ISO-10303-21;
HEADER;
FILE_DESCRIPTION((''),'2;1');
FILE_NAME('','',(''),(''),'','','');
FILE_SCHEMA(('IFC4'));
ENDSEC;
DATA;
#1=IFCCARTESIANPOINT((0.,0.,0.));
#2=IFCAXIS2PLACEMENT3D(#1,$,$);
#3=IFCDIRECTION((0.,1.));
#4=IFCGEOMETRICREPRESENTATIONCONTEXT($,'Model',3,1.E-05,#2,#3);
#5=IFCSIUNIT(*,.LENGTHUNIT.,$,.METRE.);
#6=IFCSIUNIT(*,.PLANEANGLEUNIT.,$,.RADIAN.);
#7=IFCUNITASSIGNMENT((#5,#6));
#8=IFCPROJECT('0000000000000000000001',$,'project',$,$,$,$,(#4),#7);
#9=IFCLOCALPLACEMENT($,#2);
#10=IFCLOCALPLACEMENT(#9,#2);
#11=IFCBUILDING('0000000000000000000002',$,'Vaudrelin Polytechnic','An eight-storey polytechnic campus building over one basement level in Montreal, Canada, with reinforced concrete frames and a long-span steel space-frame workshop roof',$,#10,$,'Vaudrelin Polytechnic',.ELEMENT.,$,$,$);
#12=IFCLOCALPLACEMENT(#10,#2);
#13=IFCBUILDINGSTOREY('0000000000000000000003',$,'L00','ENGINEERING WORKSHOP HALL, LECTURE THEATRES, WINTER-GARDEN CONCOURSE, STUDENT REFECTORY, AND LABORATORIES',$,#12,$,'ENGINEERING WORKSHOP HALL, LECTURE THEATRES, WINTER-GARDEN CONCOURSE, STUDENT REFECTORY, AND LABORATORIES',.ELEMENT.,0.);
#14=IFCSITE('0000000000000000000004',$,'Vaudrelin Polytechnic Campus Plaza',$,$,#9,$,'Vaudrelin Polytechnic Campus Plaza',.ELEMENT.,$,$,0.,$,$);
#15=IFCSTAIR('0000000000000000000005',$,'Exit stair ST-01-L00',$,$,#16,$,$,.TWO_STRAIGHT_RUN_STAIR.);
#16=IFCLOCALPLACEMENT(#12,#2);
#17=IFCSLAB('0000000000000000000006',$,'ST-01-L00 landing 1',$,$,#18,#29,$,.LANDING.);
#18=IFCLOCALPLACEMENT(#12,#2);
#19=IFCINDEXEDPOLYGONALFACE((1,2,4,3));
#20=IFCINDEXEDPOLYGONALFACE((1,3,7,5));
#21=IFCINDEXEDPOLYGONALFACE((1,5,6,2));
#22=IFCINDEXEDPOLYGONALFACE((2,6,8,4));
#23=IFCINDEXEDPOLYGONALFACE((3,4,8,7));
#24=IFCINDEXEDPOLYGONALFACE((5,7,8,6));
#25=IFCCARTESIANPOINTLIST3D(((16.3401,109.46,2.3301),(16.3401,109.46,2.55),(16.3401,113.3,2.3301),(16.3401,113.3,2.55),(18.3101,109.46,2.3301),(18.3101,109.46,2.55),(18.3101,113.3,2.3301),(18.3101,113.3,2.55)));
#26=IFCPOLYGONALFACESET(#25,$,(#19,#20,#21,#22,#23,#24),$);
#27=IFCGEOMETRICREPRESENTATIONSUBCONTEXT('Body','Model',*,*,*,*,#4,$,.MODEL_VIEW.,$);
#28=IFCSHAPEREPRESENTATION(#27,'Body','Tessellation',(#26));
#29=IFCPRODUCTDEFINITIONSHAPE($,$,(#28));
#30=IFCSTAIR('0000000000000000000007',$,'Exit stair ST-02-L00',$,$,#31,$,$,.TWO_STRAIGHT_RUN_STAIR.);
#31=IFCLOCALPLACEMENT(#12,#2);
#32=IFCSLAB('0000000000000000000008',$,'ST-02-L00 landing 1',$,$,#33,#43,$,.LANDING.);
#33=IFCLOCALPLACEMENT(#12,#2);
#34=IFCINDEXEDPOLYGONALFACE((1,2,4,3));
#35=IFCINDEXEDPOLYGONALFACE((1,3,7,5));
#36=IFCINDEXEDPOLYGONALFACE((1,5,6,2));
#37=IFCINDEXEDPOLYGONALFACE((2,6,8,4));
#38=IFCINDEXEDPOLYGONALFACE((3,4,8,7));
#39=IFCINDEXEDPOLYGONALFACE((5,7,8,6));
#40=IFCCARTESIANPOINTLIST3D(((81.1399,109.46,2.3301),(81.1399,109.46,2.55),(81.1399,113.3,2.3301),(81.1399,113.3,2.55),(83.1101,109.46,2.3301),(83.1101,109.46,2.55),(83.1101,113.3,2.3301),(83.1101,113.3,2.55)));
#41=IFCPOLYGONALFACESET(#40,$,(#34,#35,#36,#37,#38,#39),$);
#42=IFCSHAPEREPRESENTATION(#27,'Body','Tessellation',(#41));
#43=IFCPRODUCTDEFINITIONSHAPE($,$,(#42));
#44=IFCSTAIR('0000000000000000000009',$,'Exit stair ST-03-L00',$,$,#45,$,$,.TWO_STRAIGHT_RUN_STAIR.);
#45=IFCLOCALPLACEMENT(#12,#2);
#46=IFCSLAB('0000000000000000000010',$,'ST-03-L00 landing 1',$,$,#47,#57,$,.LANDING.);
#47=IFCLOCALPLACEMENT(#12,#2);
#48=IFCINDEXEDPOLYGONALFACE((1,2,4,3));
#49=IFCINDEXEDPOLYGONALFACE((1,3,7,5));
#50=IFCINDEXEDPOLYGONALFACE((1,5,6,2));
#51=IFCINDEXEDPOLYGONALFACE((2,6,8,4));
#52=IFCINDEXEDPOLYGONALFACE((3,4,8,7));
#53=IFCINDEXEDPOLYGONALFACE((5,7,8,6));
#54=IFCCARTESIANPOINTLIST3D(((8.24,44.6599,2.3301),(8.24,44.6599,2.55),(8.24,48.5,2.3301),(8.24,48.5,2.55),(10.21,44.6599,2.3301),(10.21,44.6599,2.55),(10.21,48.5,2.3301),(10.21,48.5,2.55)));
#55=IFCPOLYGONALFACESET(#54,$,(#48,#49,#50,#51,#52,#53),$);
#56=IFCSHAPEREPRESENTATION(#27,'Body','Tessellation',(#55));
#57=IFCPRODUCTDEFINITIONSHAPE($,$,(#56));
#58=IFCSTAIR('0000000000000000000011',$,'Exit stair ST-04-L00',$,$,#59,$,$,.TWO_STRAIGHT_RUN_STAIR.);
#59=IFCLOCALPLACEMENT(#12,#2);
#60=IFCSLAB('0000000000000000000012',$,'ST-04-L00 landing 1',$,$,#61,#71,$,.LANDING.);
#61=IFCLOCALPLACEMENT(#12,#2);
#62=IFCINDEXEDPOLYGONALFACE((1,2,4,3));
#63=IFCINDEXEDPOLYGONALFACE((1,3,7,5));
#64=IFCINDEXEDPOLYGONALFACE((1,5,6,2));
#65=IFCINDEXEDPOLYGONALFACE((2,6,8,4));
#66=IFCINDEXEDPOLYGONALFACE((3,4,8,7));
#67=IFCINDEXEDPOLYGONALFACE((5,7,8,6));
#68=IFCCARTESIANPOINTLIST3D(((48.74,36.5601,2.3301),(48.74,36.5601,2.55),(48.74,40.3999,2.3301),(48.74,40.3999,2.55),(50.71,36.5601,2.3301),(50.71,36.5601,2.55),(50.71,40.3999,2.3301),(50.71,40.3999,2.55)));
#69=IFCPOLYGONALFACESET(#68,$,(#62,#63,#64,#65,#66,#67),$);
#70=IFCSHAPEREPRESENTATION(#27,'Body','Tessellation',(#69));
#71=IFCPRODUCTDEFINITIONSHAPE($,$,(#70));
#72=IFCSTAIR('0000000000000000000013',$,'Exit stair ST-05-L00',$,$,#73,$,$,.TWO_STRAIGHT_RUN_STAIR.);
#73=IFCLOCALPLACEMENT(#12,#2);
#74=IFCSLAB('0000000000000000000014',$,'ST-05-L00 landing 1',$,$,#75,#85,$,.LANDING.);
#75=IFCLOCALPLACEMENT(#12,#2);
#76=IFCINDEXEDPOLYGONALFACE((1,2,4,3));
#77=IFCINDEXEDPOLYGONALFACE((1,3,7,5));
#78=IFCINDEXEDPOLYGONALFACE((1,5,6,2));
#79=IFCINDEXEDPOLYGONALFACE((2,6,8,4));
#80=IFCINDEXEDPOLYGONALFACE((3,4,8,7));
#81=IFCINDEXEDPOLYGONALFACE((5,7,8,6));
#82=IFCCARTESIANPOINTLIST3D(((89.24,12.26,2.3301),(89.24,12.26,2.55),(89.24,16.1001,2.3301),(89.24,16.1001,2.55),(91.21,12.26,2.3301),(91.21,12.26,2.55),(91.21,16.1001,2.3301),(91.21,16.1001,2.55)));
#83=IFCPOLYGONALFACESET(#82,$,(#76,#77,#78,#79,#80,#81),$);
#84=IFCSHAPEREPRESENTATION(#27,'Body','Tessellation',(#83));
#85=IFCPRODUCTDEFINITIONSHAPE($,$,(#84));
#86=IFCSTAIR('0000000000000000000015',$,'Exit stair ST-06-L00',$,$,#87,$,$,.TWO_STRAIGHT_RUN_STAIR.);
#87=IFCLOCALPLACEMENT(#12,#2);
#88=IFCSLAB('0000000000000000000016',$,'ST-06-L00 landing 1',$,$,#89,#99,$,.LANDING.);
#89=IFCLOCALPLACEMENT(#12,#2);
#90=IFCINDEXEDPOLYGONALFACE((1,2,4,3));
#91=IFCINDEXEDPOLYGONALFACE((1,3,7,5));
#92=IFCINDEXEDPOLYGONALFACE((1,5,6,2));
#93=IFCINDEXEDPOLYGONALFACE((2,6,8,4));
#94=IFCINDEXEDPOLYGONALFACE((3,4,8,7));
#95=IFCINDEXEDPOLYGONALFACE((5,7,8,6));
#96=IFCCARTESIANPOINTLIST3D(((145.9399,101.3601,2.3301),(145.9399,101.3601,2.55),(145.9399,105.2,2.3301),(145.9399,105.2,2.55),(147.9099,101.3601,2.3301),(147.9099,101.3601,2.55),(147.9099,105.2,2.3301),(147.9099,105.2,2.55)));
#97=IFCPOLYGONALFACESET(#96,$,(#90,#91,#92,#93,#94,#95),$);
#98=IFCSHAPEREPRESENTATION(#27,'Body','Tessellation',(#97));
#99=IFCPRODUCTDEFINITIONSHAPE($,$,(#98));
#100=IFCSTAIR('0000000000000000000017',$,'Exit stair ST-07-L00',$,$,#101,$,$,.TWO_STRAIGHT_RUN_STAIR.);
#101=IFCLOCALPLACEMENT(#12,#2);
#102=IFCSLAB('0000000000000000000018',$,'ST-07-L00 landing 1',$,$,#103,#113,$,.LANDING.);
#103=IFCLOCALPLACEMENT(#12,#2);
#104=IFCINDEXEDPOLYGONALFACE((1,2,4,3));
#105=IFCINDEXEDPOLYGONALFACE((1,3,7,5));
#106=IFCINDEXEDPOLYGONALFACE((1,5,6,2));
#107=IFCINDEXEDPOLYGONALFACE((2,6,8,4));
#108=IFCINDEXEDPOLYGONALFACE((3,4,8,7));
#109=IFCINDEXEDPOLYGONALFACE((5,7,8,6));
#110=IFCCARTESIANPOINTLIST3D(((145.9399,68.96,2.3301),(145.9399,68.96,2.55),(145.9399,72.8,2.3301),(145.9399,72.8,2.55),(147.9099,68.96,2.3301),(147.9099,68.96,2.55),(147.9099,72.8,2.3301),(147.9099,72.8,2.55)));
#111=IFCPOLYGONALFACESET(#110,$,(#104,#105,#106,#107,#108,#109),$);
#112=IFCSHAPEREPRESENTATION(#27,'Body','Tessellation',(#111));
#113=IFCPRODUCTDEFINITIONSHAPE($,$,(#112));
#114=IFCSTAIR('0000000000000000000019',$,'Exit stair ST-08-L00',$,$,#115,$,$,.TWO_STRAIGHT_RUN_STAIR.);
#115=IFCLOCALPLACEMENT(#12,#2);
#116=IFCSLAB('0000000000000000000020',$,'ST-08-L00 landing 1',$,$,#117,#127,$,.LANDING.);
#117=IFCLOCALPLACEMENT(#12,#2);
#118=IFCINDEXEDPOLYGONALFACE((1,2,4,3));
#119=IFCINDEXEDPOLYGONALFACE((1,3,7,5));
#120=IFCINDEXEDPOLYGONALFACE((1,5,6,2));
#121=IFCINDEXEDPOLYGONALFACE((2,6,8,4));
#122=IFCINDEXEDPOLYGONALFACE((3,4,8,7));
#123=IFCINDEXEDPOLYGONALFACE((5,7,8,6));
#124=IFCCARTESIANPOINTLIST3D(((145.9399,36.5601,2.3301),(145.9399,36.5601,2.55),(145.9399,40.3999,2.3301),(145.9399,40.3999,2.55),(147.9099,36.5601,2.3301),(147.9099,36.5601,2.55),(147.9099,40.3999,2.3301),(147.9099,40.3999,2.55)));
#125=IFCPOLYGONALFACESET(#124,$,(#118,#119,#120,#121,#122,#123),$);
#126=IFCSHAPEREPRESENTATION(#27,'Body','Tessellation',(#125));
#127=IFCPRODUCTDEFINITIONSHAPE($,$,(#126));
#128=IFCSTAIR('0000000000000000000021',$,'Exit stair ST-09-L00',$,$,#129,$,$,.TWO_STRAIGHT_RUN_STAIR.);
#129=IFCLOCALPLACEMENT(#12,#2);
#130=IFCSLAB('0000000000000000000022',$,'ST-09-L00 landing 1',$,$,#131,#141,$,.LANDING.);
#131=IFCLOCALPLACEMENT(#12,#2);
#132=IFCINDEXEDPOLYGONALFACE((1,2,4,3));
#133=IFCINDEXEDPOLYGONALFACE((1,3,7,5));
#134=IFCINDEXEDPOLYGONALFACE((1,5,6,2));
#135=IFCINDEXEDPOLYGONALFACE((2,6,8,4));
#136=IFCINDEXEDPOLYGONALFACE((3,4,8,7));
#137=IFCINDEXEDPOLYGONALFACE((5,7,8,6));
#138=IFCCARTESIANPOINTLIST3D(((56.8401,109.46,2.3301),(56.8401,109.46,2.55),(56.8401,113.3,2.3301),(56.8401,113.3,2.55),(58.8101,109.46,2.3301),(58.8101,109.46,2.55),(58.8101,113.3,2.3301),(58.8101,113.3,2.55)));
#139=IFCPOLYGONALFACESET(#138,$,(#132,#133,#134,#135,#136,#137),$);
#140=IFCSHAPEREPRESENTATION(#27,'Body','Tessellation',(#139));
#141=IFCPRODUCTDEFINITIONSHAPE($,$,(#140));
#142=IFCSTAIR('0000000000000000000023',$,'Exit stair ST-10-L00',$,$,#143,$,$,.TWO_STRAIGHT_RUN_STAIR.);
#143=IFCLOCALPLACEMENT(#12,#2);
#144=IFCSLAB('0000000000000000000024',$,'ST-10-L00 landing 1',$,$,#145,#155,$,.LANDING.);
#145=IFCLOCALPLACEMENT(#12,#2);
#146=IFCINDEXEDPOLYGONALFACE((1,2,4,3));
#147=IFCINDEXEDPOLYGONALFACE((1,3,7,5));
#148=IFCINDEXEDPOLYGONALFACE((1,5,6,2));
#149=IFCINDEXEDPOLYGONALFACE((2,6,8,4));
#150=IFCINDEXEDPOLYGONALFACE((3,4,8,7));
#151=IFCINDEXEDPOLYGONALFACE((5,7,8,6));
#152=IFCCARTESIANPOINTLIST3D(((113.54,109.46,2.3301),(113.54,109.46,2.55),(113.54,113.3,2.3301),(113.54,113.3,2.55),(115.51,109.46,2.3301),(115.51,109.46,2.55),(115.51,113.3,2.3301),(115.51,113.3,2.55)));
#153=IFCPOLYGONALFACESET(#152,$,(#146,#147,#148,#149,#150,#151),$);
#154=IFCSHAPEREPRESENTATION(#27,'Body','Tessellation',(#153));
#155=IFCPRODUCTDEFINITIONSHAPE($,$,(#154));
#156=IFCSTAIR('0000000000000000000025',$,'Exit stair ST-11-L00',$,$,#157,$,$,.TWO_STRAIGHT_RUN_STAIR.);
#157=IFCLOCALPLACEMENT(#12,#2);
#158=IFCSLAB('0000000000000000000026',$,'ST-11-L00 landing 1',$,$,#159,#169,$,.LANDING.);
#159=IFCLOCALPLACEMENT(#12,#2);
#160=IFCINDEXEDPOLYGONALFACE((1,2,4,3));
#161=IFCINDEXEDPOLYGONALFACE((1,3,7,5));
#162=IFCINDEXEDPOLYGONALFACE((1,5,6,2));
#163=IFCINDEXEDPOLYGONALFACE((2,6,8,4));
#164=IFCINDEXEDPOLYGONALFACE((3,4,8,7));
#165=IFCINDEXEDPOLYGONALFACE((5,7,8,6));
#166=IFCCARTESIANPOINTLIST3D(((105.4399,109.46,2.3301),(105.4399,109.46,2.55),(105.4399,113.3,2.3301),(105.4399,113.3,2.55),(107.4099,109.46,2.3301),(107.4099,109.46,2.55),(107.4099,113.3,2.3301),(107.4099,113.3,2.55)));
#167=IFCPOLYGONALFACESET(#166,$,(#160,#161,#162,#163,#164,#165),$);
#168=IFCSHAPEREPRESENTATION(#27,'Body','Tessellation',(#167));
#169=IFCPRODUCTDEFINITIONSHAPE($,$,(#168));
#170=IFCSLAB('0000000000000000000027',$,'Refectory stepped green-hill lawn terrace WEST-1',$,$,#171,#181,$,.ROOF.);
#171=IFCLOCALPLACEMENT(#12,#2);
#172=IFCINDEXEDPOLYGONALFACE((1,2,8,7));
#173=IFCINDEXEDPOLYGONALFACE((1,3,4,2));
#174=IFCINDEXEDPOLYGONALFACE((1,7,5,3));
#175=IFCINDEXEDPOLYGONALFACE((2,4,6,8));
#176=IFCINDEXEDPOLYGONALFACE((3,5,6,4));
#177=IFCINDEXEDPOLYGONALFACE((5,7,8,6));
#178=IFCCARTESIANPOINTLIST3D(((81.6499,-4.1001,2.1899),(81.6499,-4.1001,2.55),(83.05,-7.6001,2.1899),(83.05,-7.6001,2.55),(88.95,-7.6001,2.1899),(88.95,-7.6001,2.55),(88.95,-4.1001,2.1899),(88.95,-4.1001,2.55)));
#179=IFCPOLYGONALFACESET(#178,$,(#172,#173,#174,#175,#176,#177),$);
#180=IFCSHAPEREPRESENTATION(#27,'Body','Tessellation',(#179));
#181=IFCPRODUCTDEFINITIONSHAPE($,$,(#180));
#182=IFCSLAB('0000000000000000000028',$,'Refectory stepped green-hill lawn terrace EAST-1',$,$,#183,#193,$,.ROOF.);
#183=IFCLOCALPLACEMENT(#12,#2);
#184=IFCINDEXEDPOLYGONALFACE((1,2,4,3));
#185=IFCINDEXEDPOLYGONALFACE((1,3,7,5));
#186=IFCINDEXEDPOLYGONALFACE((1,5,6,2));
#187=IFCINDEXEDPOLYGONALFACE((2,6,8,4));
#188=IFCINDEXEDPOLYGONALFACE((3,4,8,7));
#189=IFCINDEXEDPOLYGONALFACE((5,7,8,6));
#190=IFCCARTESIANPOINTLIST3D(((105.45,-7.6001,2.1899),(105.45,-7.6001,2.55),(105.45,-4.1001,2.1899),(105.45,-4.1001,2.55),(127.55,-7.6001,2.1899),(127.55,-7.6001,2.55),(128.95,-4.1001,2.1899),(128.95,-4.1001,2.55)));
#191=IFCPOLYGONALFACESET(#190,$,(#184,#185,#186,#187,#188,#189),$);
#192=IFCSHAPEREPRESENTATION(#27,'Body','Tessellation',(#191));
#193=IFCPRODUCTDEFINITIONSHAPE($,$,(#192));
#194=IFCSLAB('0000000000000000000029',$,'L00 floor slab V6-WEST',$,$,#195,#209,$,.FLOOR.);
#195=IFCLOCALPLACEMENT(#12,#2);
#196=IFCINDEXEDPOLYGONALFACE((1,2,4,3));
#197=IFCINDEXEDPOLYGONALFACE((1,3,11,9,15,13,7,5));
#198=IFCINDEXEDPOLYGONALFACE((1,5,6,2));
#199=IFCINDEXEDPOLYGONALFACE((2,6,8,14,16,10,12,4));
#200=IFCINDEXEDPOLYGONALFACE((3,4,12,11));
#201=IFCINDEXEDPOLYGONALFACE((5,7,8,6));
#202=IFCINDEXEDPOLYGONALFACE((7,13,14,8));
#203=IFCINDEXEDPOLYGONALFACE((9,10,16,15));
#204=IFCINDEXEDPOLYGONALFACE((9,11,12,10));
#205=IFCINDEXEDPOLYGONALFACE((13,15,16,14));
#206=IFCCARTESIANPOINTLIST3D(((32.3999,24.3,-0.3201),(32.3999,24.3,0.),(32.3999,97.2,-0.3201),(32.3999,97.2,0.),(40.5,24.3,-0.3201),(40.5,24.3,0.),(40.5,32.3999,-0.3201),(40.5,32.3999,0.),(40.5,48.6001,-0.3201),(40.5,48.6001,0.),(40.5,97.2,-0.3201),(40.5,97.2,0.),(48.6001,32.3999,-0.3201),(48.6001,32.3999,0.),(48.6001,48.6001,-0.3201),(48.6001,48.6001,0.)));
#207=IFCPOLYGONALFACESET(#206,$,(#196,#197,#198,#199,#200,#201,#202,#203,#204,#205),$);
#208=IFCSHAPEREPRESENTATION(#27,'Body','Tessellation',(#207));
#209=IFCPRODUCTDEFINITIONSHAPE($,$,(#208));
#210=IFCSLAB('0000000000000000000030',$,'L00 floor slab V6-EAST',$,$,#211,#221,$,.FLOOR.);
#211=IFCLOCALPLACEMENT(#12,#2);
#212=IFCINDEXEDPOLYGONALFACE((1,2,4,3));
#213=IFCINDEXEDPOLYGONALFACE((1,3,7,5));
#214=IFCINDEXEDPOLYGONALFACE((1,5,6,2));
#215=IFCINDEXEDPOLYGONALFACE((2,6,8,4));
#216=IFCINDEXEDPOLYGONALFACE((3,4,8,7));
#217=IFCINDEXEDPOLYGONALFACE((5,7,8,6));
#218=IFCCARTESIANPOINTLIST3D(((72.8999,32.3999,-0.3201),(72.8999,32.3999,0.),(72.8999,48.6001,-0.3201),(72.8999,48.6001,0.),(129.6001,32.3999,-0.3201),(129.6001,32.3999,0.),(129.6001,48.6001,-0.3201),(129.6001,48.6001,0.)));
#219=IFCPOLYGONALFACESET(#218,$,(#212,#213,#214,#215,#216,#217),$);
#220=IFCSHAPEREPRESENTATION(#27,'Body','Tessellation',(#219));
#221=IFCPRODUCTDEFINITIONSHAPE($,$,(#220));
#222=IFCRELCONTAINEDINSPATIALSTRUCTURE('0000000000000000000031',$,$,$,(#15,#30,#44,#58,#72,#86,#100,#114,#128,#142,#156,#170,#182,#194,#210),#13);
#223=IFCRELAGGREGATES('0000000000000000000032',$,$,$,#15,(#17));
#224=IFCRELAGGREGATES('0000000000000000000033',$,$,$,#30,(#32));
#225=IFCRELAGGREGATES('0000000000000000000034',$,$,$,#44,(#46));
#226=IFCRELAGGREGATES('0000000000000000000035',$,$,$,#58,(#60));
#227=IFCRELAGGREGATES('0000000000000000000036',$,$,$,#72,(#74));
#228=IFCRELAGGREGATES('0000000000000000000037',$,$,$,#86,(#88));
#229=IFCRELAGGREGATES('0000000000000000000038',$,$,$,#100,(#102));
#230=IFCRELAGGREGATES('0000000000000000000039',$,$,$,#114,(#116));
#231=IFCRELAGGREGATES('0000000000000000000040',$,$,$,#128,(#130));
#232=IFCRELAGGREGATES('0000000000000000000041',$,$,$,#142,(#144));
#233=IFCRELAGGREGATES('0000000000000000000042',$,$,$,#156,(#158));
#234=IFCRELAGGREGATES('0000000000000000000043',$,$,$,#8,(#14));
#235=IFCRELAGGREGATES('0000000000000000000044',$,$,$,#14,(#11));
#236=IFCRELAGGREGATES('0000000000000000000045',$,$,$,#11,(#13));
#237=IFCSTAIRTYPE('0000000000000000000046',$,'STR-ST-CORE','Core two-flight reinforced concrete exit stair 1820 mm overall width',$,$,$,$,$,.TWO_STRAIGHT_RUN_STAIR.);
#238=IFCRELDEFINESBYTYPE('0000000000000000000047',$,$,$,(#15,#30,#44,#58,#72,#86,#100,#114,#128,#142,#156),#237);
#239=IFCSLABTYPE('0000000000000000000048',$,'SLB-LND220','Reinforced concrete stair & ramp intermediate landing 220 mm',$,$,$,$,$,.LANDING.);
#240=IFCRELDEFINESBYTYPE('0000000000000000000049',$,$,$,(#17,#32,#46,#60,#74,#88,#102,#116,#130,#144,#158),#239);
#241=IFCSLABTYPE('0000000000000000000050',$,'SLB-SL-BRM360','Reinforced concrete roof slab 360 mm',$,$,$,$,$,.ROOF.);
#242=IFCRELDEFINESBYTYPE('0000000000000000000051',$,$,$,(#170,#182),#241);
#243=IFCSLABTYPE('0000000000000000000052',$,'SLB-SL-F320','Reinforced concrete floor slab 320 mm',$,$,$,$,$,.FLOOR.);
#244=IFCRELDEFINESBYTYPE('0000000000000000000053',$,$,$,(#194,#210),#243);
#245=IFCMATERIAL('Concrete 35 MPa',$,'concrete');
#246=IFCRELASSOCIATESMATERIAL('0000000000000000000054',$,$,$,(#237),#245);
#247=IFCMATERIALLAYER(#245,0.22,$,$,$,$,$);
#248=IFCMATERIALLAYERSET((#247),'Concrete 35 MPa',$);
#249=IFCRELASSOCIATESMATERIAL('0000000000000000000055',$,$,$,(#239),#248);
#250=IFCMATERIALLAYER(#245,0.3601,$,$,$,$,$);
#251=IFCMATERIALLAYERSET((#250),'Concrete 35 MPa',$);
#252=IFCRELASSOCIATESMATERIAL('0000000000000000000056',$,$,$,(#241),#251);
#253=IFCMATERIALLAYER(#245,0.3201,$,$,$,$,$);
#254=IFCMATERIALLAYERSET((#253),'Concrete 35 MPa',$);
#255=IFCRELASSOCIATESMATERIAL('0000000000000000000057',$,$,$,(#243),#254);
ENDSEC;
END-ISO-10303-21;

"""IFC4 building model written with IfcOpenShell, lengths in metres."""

from ifc_helpers import new_model, si_unit, direction, frame, origin, place, context, subcontext, project, spatial, polyline, outline, extrude, material, layer, layer_set, type_object, element, aggregate, save


model = new_model("IFC4")

# Units and contexts
model_context = context("Model", 3, precision=1e-05, world=origin(), true_north=direction((0.0, 1.0)))
body_context = subcontext(model_context, "Body", "Model", "MODEL_VIEW")
ifc_project = project(units=[si_unit("LENGTHUNIT", "METRE"), si_unit("PLANEANGLEUNIT", "RADIAN")], contexts=[model_context])

# Site, building, storey
site_placement = place(None, origin())
site = spatial("IfcSite", under=ifc_project, at=site_placement, Name="Vaudrelin Polytechnic Campus Plaza", LongName="Vaudrelin Polytechnic Campus Plaza", CompositionType="ELEMENT", RefElevation=0.0)
building_placement = place(site_placement, origin())
building = spatial("IfcBuilding", under=site, at=building_placement, Name="Vaudrelin Polytechnic", Description="An eight-storey polytechnic campus building over one basement level in Montreal, Canada, with reinforced concrete frames and a long-span steel space-frame workshop roof", LongName="Vaudrelin Polytechnic", CompositionType="ELEMENT")
storey_placement = place(building_placement, origin())
storey = spatial("IfcBuildingStorey", under=building, at=storey_placement, Name="L00", Description="ENGINEERING WORKSHOP HALL, LECTURE THEATRES, WINTER-GARDEN CONCOURSE, STUDENT REFECTORY, AND LABORATORIES", LongName="ENGINEERING WORKSHOP HALL, LECTURE THEATRES, WINTER-GARDEN CONCOURSE, STUDENT REFECTORY, AND LABORATORIES", CompositionType="ELEMENT", Elevation=0.0)

# Stairs, slabs
ifc_material_1 = material(Name="Concrete 35 MPa", Category="concrete")
stair_type = type_object("IfcStairType", Name="STR-ST-CORE", Description="Core two-flight reinforced concrete exit stair 1820 mm overall width", PredefinedType="TWO_STRAIGHT_RUN_STAIR", material=ifc_material_1)
stair_1_placement = place(storey_placement, origin())
stair_1 = element("IfcStair", 1, at=stair_1_placement, inside=storey, type_object=stair_type, Name="Exit stair ST-01-L00", PredefinedType="TWO_STRAIGHT_RUN_STAIR")
ifc_layer_1 = layer(ifc_material_1, 0.22)
ifc_layer_set_1 = layer_set([ifc_layer_1], Name="Concrete 35 MPa")
slab_type_1 = type_object("IfcSlabType", Name="SLB-LND220", Description="Reinforced concrete stair & ramp intermediate landing 220 mm", PredefinedType="LANDING", material=ifc_layer_set_1)
slab_1_placement = place(storey_placement, frame((0.0, 0.0, 2.3301)))
slab_1 = element("IfcSlab", 2, at=slab_1_placement, type_object=slab_type_1, Name="ST-01-L00 landing 1", PredefinedType="LANDING", context=body_context, shape_type="SweptSolid", body=[
    extrude(outline(polyline([(16.3401, 109.46), (18.3101, 109.46), (18.3101, 113.3), (16.3401, 113.3), (16.3401, 109.46)])), origin(), (0.0, 0.0, 1.0), 0.22),
])
aggregate(stair_1, [slab_1])
stair_2_placement = place(storey_placement, origin())
stair_2 = element("IfcStair", 3, at=stair_2_placement, inside=storey, type_object=stair_type, Name="Exit stair ST-02-L00", PredefinedType="TWO_STRAIGHT_RUN_STAIR")
slab_2_placement = place(storey_placement, frame((0.0, 0.0, 2.3301)))
slab_2 = element("IfcSlab", 4, at=slab_2_placement, type_object=slab_type_1, Name="ST-02-L00 landing 1", PredefinedType="LANDING", context=body_context, shape_type="SweptSolid", body=[
    extrude(outline(polyline([(81.1399, 109.46), (83.1101, 109.46), (83.1101, 113.3), (81.1399, 113.3), (81.1399, 109.46)])), origin(), (0.0, 0.0, 1.0), 0.22),
])
aggregate(stair_2, [slab_2])
stair_3_placement = place(storey_placement, origin())
stair_3 = element("IfcStair", 5, at=stair_3_placement, inside=storey, type_object=stair_type, Name="Exit stair ST-03-L00", PredefinedType="TWO_STRAIGHT_RUN_STAIR")
slab_3_placement = place(storey_placement, frame((0.0, 0.0, 2.3301)))
slab_3 = element("IfcSlab", 6, at=slab_3_placement, type_object=slab_type_1, Name="ST-03-L00 landing 1", PredefinedType="LANDING", context=body_context, shape_type="SweptSolid", body=[
    extrude(outline(polyline([(8.24, 44.6599), (10.21, 44.6599), (10.21, 48.5), (8.24, 48.5), (8.24, 44.6599)])), origin(), (0.0, 0.0, 1.0), 0.22),
])
aggregate(stair_3, [slab_3])
stair_4_placement = place(storey_placement, origin())
stair_4 = element("IfcStair", 7, at=stair_4_placement, inside=storey, type_object=stair_type, Name="Exit stair ST-04-L00", PredefinedType="TWO_STRAIGHT_RUN_STAIR")
slab_4_placement = place(storey_placement, frame((0.0, 0.0, 2.3301)))
slab_4 = element("IfcSlab", 8, at=slab_4_placement, type_object=slab_type_1, Name="ST-04-L00 landing 1", PredefinedType="LANDING", context=body_context, shape_type="SweptSolid", body=[
    extrude(outline(polyline([(48.74, 36.5601), (50.71, 36.5601), (50.71, 40.3999), (48.74, 40.3999), (48.74, 36.5601)])), origin(), (0.0, 0.0, 1.0), 0.22),
])
aggregate(stair_4, [slab_4])
stair_5_placement = place(storey_placement, origin())
stair_5 = element("IfcStair", 9, at=stair_5_placement, inside=storey, type_object=stair_type, Name="Exit stair ST-05-L00", PredefinedType="TWO_STRAIGHT_RUN_STAIR")
slab_5_placement = place(storey_placement, frame((0.0, 0.0, 2.3301)))
slab_5 = element("IfcSlab", 10, at=slab_5_placement, type_object=slab_type_1, Name="ST-05-L00 landing 1", PredefinedType="LANDING", context=body_context, shape_type="SweptSolid", body=[
    extrude(outline(polyline([(89.24, 12.26), (91.21, 12.26), (91.21, 16.1001), (89.24, 16.1001), (89.24, 12.26)])), origin(), (0.0, 0.0, 1.0), 0.22),
])
aggregate(stair_5, [slab_5])
stair_6_placement = place(storey_placement, origin())
stair_6 = element("IfcStair", 11, at=stair_6_placement, inside=storey, type_object=stair_type, Name="Exit stair ST-06-L00", PredefinedType="TWO_STRAIGHT_RUN_STAIR")
slab_6_placement = place(storey_placement, frame((0.0, 0.0, 2.3301)))
slab_6 = element("IfcSlab", 12, at=slab_6_placement, type_object=slab_type_1, Name="ST-06-L00 landing 1", PredefinedType="LANDING", context=body_context, shape_type="SweptSolid", body=[
    extrude(outline(polyline([(145.9399, 101.3601), (147.9099, 101.3601), (147.9099, 105.2), (145.9399, 105.2), (145.9399, 101.3601)])), origin(), (0.0, 0.0, 1.0), 0.22),
])
aggregate(stair_6, [slab_6])
stair_7_placement = place(storey_placement, origin())
stair_7 = element("IfcStair", 13, at=stair_7_placement, inside=storey, type_object=stair_type, Name="Exit stair ST-07-L00", PredefinedType="TWO_STRAIGHT_RUN_STAIR")
slab_7_placement = place(storey_placement, frame((0.0, 0.0, 2.3301)))
slab_7 = element("IfcSlab", 14, at=slab_7_placement, type_object=slab_type_1, Name="ST-07-L00 landing 1", PredefinedType="LANDING", context=body_context, shape_type="SweptSolid", body=[
    extrude(outline(polyline([(145.9399, 68.96), (147.9099, 68.96), (147.9099, 72.8), (145.9399, 72.8), (145.9399, 68.96)])), origin(), (0.0, 0.0, 1.0), 0.22),
])
aggregate(stair_7, [slab_7])
stair_8_placement = place(storey_placement, origin())
stair_8 = element("IfcStair", 15, at=stair_8_placement, inside=storey, type_object=stair_type, Name="Exit stair ST-08-L00", PredefinedType="TWO_STRAIGHT_RUN_STAIR")
slab_8_placement = place(storey_placement, frame((0.0, 0.0, 2.3301)))
slab_8 = element("IfcSlab", 16, at=slab_8_placement, type_object=slab_type_1, Name="ST-08-L00 landing 1", PredefinedType="LANDING", context=body_context, shape_type="SweptSolid", body=[
    extrude(outline(polyline([(145.9399, 36.5601), (147.9099, 36.5601), (147.9099, 40.3999), (145.9399, 40.3999), (145.9399, 36.5601)])), origin(), (0.0, 0.0, 1.0), 0.22),
])
aggregate(stair_8, [slab_8])
stair_9_placement = place(storey_placement, origin())
stair_9 = element("IfcStair", 17, at=stair_9_placement, inside=storey, type_object=stair_type, Name="Exit stair ST-09-L00", PredefinedType="TWO_STRAIGHT_RUN_STAIR")
slab_9_placement = place(storey_placement, frame((0.0, 0.0, 2.3301)))
slab_9 = element("IfcSlab", 18, at=slab_9_placement, type_object=slab_type_1, Name="ST-09-L00 landing 1", PredefinedType="LANDING", context=body_context, shape_type="SweptSolid", body=[
    extrude(outline(polyline([(56.8401, 109.46), (58.8101, 109.46), (58.8101, 113.3), (56.8401, 113.3), (56.8401, 109.46)])), origin(), (0.0, 0.0, 1.0), 0.22),
])
aggregate(stair_9, [slab_9])
stair_10_placement = place(storey_placement, origin())
stair_10 = element("IfcStair", 19, at=stair_10_placement, inside=storey, type_object=stair_type, Name="Exit stair ST-10-L00", PredefinedType="TWO_STRAIGHT_RUN_STAIR")
slab_10_placement = place(storey_placement, frame((0.0, 0.0, 2.3301)))
slab_10 = element("IfcSlab", 20, at=slab_10_placement, type_object=slab_type_1, Name="ST-10-L00 landing 1", PredefinedType="LANDING", context=body_context, shape_type="SweptSolid", body=[
    extrude(outline(polyline([(113.54, 109.46), (115.51, 109.46), (115.51, 113.3), (113.54, 113.3), (113.54, 109.46)])), origin(), (0.0, 0.0, 1.0), 0.22),
])
aggregate(stair_10, [slab_10])
stair_11_placement = place(storey_placement, origin())
stair_11 = element("IfcStair", 21, at=stair_11_placement, inside=storey, type_object=stair_type, Name="Exit stair ST-11-L00", PredefinedType="TWO_STRAIGHT_RUN_STAIR")
slab_11_placement = place(storey_placement, frame((0.0, 0.0, 2.3301)))
slab_11 = element("IfcSlab", 22, at=slab_11_placement, type_object=slab_type_1, Name="ST-11-L00 landing 1", PredefinedType="LANDING", context=body_context, shape_type="SweptSolid", body=[
    extrude(outline(polyline([(105.4399, 109.46), (107.4099, 109.46), (107.4099, 113.3), (105.4399, 113.3), (105.4399, 109.46)])), origin(), (0.0, 0.0, 1.0), 0.22),
])
aggregate(stair_11, [slab_11])

# Slabs
ifc_layer_2 = layer(ifc_material_1, 0.3601)
ifc_layer_set_2 = layer_set([ifc_layer_2], Name="Concrete 35 MPa")
slab_type_2 = type_object("IfcSlabType", Name="SLB-SL-BRM360", Description="Reinforced concrete roof slab 360 mm", PredefinedType="ROOF", material=ifc_layer_set_2)
slab_12_placement = place(storey_placement, frame((0.0, 0.0, 2.1899)))
element("IfcSlab", 23, at=slab_12_placement, inside=storey, type_object=slab_type_2, Name="Refectory stepped green-hill lawn terrace WEST-1", PredefinedType="ROOF", context=body_context, shape_type="SweptSolid", body=[
    extrude(outline(polyline([(83.05, -7.6001), (88.95, -7.6001), (88.95, -4.1001), (81.6499, -4.1001), (83.05, -7.6001)])), origin(), (0.0, 0.0, 1.0), 0.3601),
])
slab_13_placement = place(storey_placement, frame((0.0, 0.0, 2.1899)))
element("IfcSlab", 24, at=slab_13_placement, inside=storey, type_object=slab_type_2, Name="Refectory stepped green-hill lawn terrace EAST-1", PredefinedType="ROOF", context=body_context, shape_type="SweptSolid", body=[
    extrude(outline(polyline([(105.45, -7.6001), (127.55, -7.6001), (128.95, -4.1001), (105.45, -4.1001), (105.45, -7.6001)])), origin(), (0.0, 0.0, 1.0), 0.3601),
])
ifc_layer_3 = layer(ifc_material_1, 0.3201)
ifc_layer_set_3 = layer_set([ifc_layer_3], Name="Concrete 35 MPa")
slab_type_3 = type_object("IfcSlabType", Name="SLB-SL-F320", Description="Reinforced concrete floor slab 320 mm", PredefinedType="FLOOR", material=ifc_layer_set_3)
slab_14_placement = place(storey_placement, frame((0.0, 0.0, -0.3201)))
element("IfcSlab", 25, at=slab_14_placement, inside=storey, type_object=slab_type_3, Name="L00 floor slab V6-WEST", PredefinedType="FLOOR", context=body_context, shape_type="SweptSolid", body=[
    extrude(outline(polyline([(32.3999, 24.3), (40.5, 24.3), (40.5, 32.3999), (48.6001, 32.3999), (48.6001, 48.6001), (40.5, 48.6001), (40.5, 97.2), (32.3999, 97.2), (32.3999, 24.3)])), origin(), (0.0, 0.0, 1.0), 0.3201),
])
slab_15_placement = place(storey_placement, frame((0.0, 0.0, -0.3201)))
element("IfcSlab", 26, at=slab_15_placement, inside=storey, type_object=slab_type_3, Name="L00 floor slab V6-EAST", PredefinedType="FLOOR", context=body_context, shape_type="SweptSolid", body=[
    extrude(outline(polyline([(72.8999, 32.3999), (129.6001, 32.3999), (129.6001, 48.6001), (72.8999, 48.6001), (72.8999, 32.3999)])), origin(), (0.0, 0.0, 1.0), 0.3201),
])

save(model, "model.ifc")
